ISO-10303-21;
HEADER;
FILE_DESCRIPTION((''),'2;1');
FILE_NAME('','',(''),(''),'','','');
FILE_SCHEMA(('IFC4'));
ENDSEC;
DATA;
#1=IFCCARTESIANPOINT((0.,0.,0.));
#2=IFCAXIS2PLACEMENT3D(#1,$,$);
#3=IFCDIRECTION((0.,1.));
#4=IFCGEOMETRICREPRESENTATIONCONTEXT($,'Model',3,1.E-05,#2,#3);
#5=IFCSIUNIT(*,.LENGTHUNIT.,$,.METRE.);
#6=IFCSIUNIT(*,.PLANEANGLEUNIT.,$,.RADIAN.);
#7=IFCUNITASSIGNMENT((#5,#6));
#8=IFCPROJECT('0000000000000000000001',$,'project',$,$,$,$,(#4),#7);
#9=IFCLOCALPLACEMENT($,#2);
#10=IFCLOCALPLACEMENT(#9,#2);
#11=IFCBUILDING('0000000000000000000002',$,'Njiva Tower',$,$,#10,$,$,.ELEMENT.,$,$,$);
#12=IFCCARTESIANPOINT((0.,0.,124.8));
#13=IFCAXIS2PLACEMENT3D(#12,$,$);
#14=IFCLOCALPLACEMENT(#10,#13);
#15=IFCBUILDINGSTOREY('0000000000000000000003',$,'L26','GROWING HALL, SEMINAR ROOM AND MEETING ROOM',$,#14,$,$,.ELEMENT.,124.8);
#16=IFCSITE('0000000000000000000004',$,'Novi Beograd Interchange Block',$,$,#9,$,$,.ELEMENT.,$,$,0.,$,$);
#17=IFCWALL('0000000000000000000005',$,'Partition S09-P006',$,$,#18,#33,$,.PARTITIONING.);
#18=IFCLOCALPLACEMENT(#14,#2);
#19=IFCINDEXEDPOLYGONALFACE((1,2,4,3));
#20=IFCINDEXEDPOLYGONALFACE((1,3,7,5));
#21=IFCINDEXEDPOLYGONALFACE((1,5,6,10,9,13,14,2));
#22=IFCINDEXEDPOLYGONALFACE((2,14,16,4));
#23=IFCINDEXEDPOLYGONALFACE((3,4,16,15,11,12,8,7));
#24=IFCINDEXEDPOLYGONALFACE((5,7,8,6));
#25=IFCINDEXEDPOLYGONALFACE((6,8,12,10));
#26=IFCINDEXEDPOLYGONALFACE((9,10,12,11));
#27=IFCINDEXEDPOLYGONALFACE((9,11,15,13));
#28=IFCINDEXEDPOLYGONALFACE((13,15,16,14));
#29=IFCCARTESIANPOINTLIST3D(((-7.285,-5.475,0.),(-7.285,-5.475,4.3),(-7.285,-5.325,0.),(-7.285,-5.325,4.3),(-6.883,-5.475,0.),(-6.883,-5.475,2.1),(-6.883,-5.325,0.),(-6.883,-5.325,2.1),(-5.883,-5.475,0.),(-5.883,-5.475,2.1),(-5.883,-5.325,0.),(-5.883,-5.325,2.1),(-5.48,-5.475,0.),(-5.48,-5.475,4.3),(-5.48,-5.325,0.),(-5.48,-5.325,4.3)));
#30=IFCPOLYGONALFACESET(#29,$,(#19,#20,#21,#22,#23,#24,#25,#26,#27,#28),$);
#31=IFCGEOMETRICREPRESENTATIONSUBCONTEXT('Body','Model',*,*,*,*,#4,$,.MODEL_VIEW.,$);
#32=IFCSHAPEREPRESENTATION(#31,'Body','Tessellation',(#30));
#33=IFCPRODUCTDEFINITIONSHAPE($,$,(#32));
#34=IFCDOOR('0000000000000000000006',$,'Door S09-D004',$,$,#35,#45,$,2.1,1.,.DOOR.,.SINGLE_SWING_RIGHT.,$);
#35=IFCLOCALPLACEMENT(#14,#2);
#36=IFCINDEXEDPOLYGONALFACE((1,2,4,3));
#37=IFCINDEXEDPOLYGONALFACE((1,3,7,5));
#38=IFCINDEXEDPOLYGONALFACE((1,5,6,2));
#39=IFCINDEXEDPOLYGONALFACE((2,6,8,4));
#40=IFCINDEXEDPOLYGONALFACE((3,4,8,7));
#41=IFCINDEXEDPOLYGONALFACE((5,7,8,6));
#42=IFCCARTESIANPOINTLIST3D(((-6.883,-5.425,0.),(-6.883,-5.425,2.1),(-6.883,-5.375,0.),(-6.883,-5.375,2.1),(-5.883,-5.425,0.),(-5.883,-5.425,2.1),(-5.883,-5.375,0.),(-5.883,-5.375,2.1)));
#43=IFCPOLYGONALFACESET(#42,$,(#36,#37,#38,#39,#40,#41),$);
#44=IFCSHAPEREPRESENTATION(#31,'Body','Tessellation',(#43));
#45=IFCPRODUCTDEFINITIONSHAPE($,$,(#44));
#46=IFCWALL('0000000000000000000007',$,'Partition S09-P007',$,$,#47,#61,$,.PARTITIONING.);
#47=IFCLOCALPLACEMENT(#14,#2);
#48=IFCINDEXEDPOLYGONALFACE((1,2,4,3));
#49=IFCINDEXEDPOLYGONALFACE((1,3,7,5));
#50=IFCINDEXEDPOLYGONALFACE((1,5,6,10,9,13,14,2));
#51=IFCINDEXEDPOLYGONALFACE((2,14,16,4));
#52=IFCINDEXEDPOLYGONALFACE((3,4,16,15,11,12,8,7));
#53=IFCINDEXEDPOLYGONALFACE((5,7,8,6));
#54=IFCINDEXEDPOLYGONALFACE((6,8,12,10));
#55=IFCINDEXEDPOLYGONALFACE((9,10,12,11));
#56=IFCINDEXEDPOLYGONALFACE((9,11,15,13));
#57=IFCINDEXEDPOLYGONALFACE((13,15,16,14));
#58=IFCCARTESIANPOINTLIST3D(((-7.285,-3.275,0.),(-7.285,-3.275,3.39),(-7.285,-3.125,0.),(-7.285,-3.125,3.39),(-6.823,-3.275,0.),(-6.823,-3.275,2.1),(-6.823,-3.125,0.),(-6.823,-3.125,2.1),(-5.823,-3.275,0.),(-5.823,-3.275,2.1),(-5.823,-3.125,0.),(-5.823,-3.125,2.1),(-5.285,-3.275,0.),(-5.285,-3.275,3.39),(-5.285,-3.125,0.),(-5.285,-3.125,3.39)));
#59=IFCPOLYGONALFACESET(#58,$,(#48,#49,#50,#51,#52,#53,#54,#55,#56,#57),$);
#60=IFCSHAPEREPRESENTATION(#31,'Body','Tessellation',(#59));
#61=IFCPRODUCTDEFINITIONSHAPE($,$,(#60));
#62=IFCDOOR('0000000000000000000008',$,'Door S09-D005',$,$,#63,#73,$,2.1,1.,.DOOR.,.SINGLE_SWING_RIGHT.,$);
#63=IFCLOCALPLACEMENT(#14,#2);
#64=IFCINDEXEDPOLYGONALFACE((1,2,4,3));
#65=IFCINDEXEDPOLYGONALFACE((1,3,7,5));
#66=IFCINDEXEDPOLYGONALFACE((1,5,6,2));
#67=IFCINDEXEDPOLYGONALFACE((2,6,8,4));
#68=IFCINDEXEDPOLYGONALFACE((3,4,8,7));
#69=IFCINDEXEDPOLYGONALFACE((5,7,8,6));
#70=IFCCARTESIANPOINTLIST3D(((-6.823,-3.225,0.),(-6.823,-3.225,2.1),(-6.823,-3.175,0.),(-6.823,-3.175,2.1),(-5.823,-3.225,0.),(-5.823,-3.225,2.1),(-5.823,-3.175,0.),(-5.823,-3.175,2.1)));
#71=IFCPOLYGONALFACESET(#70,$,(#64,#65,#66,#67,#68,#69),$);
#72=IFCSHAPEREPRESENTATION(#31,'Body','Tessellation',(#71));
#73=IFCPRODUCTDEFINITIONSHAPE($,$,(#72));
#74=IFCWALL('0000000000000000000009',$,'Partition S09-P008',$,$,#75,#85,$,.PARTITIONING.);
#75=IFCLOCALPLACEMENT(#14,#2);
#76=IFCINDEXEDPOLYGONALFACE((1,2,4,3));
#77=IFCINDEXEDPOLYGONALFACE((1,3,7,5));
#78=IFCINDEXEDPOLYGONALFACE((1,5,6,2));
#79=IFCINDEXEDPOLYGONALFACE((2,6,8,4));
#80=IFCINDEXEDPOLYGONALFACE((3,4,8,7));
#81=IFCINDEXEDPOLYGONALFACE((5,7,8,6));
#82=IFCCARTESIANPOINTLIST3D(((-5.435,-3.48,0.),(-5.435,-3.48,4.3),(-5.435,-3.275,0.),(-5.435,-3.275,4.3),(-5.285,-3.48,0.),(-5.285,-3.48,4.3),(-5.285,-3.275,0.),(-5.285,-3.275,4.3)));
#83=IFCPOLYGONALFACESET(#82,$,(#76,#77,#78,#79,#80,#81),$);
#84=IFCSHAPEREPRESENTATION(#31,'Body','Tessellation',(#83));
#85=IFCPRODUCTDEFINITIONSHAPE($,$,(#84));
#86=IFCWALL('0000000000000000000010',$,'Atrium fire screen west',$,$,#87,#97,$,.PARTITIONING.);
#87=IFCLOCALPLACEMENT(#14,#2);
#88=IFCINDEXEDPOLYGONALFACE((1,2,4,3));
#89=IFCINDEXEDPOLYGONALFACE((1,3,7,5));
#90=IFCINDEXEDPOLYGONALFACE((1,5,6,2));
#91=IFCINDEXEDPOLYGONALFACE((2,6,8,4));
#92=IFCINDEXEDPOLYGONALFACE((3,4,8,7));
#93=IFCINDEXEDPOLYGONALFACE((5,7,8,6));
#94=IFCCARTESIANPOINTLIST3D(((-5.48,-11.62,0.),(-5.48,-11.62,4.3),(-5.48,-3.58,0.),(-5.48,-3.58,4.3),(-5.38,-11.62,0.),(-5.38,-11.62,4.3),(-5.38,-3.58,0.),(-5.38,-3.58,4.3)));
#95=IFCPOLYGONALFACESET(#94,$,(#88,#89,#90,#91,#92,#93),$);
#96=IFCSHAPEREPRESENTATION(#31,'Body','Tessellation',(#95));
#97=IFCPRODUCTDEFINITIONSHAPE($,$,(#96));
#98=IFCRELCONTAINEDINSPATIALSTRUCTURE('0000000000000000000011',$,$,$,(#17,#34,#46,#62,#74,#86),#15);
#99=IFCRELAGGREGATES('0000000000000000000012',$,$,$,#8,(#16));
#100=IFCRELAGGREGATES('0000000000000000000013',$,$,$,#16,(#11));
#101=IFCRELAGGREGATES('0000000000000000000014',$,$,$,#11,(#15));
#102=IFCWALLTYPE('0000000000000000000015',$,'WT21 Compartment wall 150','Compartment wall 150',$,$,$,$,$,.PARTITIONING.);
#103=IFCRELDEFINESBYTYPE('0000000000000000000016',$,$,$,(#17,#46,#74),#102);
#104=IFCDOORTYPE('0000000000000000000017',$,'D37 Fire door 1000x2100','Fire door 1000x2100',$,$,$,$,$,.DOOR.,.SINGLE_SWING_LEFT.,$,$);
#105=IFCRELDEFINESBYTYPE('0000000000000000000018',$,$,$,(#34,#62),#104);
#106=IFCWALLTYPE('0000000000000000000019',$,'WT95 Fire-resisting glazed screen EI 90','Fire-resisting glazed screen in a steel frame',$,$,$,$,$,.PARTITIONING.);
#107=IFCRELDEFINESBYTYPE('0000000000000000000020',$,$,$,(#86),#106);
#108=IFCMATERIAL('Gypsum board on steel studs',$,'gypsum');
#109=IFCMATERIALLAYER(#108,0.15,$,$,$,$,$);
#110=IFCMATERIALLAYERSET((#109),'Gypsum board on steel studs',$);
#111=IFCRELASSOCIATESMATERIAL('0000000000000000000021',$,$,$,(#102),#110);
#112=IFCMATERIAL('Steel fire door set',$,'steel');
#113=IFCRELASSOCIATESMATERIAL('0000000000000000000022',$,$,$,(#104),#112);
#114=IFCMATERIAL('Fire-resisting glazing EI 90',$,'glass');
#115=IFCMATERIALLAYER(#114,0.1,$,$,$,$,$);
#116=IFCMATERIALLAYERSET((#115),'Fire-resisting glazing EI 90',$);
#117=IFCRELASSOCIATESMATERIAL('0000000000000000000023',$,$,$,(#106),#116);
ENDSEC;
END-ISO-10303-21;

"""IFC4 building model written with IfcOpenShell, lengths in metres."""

from ifc_helpers import new_model, si_unit, direction, frame, frame_2d, origin, place, context, subcontext, project, spatial, rectangle, extrude, material, layer, layer_set, type_object, element, fill, save


model = new_model("IFC4")

# Units and contexts
model_context = context("Model", 3, precision=1e-05, world=origin(), true_north=direction((0.0, 1.0)))
body_context = subcontext(model_context, "Body", "Model", "MODEL_VIEW")
ifc_project = project(units=[si_unit("LENGTHUNIT", "METRE"), si_unit("PLANEANGLEUNIT", "RADIAN")], contexts=[model_context])

# Site, building, storey
site_placement = place(None, origin())
site = spatial("IfcSite", under=ifc_project, at=site_placement, Name="Novi Beograd Interchange Block", CompositionType="ELEMENT", RefElevation=0.0)
building_placement = place(site_placement, origin())
building = spatial("IfcBuilding", under=site, at=building_placement, Name="Njiva Tower", CompositionType="ELEMENT")
storey_placement = place(building_placement, frame((0.0, 0.0, 124.8)))
storey = spatial("IfcBuildingStorey", under=building, at=storey_placement, Name="L26", Description="GROWING HALL, SEMINAR ROOM AND MEETING ROOM", CompositionType="ELEMENT", Elevation=124.8)

# Shared definitions
ifc_material_1 = material(Name="Gypsum board on steel studs", Category="gypsum")
ifc_layer_1 = layer(ifc_material_1, 0.15)
ifc_layer_set_1 = layer_set([ifc_layer_1], Name="Gypsum board on steel studs")
wall_type_1 = type_object("IfcWallType", Name="WT21 Compartment wall 150", Description="Compartment wall 150", PredefinedType="PARTITIONING", material=ifc_layer_set_1)

# Walls, openings, doors
wall_1_placement = place(storey_placement, frame((-7.285, -5.4, 0.0), z_axis=(0.0, 0.0, 1.0), x_axis=(1.0, 0.0, 0.0)))
wall_1 = element("IfcWall", 1, at=wall_1_placement, inside=storey, type_object=wall_type_1, Name="Partition S09-P006", PredefinedType="PARTITIONING", context=body_context, shape_type="SweptSolid", body=[
    extrude(rectangle(XDim=1.805, YDim=0.15, at=frame_2d((0.9025, 0.0))), origin(), (0.0, 0.0, 1.0), 4.3),
])
opening_1_placement = place(wall_1_placement, frame((0.402, 0.0, 0.0)))
opening_1 = element("IfcOpeningElement", 2, at=opening_1_placement, cuts=wall_1, PredefinedType="OPENING", context=body_context, shape_type="SweptSolid", body=[
    extrude(rectangle(XDim=1.0, YDim=2.1, at=frame_2d((0.5, 1.05))), frame((0.0, 0.085, 0.0), z_axis=(0.0, -1.0, 0.0), x_axis=(1.0, 0.0, 0.0)), (0.0, 0.0, 1.0), 0.17),
])
ifc_material_2 = material(Name="Steel fire door set", Category="steel")
door_type = type_object("IfcDoorType", Name="D37 Fire door 1000x2100", Description="Fire door 1000x2100", OperationType="SINGLE_SWING_LEFT", PredefinedType="DOOR", material=ifc_material_2)
door_1_placement = place(opening_1_placement, origin())
door_1 = element("IfcDoor", 3, at=door_1_placement, inside=storey, type_object=door_type, Name="Door S09-D004", OperationType="SINGLE_SWING_RIGHT", OverallHeight=2.1, OverallWidth=1.0, PredefinedType="DOOR", context=body_context, shape_type="SweptSolid", body=[
    extrude(rectangle(XDim=1.0, YDim=2.1, at=frame_2d((0.5, 1.05))), frame((0.0, 0.025, 0.0), z_axis=(0.0, -1.0, 0.0), x_axis=(1.0, 0.0, 0.0)), (0.0, 0.0, 1.0), 0.05),
])
fill(opening_1, door_1)
wall_2_placement = place(storey_placement, frame((-7.285, -3.2, 0.0), z_axis=(0.0, 0.0, 1.0), x_axis=(1.0, 0.0, 0.0)))
wall_2 = element("IfcWall", 4, at=wall_2_placement, inside=storey, type_object=wall_type_1, Name="Partition S09-P007", PredefinedType="PARTITIONING", context=body_context, shape_type="SweptSolid", body=[
    extrude(rectangle(XDim=2.0, YDim=0.15, at=frame_2d((1.0, 0.0))), origin(), (0.0, 0.0, 1.0), 3.39),
])
opening_2_placement = place(wall_2_placement, frame((0.462, 0.0, 0.0)))
opening_2 = element("IfcOpeningElement", 5, at=opening_2_placement, cuts=wall_2, PredefinedType="OPENING", context=body_context, shape_type="SweptSolid", body=[
    extrude(rectangle(XDim=1.0, YDim=2.1, at=frame_2d((0.5, 1.05))), frame((0.0, 0.085, 0.0), z_axis=(0.0, -1.0, 0.0), x_axis=(1.0, 0.0, 0.0)), (0.0, 0.0, 1.0), 0.17),
])
door_2_placement = place(opening_2_placement, origin())
door_2 = element("IfcDoor", 6, at=door_2_placement, inside=storey, type_object=door_type, Name="Door S09-D005", OperationType="SINGLE_SWING_RIGHT", OverallHeight=2.1, OverallWidth=1.0, PredefinedType="DOOR", context=body_context, shape_type="SweptSolid", body=[
    extrude(rectangle(XDim=1.0, YDim=2.1, at=frame_2d((0.5, 1.05))), frame((0.0, 0.025, 0.0), z_axis=(0.0, -1.0, 0.0), x_axis=(1.0, 0.0, 0.0)), (0.0, 0.0, 1.0), 0.05),
])
fill(opening_2, door_2)

# Walls
wall_3_placement = place(storey_placement, frame((-5.36, -3.48, 0.0), z_axis=(0.0, 0.0, 1.0), x_axis=(0.0, 1.0, 0.0)))
element("IfcWall", 7, at=wall_3_placement, inside=storey, type_object=wall_type_1, Name="Partition S09-P008", PredefinedType="PARTITIONING", context=body_context, shape_type="SweptSolid", body=[
    extrude(rectangle(XDim=0.205, YDim=0.15, at=frame_2d((0.1025, 0.0))), origin(), (0.0, 0.0, 1.0), 4.3),
])
ifc_material_3 = material(Name="Fire-resisting glazing EI 90", Category="glass")
ifc_layer_2 = layer(ifc_material_3, 0.1)
ifc_layer_set_2 = layer_set([ifc_layer_2], Name="Fire-resisting glazing EI 90")
wall_type_2 = type_object("IfcWallType", Name="WT95 Fire-resisting glazed screen EI 90", Description="Fire-resisting glazed screen in a steel frame", PredefinedType="PARTITIONING", material=ifc_layer_set_2)
wall_4_placement = place(storey_placement, frame((-5.43, -3.58, 0.0), z_axis=(0.0, 0.0, 1.0), x_axis=(0.0, -1.0, 0.0)))
element("IfcWall", 8, at=wall_4_placement, inside=storey, type_object=wall_type_2, Name="Atrium fire screen west", PredefinedType="PARTITIONING", context=body_context, shape_type="SweptSolid", body=[
    extrude(rectangle(XDim=8.04, YDim=0.1, at=frame_2d((4.02, 0.0))), origin(), (0.0, 0.0, 1.0), 4.3),
])

save(model, "model.ifc")
